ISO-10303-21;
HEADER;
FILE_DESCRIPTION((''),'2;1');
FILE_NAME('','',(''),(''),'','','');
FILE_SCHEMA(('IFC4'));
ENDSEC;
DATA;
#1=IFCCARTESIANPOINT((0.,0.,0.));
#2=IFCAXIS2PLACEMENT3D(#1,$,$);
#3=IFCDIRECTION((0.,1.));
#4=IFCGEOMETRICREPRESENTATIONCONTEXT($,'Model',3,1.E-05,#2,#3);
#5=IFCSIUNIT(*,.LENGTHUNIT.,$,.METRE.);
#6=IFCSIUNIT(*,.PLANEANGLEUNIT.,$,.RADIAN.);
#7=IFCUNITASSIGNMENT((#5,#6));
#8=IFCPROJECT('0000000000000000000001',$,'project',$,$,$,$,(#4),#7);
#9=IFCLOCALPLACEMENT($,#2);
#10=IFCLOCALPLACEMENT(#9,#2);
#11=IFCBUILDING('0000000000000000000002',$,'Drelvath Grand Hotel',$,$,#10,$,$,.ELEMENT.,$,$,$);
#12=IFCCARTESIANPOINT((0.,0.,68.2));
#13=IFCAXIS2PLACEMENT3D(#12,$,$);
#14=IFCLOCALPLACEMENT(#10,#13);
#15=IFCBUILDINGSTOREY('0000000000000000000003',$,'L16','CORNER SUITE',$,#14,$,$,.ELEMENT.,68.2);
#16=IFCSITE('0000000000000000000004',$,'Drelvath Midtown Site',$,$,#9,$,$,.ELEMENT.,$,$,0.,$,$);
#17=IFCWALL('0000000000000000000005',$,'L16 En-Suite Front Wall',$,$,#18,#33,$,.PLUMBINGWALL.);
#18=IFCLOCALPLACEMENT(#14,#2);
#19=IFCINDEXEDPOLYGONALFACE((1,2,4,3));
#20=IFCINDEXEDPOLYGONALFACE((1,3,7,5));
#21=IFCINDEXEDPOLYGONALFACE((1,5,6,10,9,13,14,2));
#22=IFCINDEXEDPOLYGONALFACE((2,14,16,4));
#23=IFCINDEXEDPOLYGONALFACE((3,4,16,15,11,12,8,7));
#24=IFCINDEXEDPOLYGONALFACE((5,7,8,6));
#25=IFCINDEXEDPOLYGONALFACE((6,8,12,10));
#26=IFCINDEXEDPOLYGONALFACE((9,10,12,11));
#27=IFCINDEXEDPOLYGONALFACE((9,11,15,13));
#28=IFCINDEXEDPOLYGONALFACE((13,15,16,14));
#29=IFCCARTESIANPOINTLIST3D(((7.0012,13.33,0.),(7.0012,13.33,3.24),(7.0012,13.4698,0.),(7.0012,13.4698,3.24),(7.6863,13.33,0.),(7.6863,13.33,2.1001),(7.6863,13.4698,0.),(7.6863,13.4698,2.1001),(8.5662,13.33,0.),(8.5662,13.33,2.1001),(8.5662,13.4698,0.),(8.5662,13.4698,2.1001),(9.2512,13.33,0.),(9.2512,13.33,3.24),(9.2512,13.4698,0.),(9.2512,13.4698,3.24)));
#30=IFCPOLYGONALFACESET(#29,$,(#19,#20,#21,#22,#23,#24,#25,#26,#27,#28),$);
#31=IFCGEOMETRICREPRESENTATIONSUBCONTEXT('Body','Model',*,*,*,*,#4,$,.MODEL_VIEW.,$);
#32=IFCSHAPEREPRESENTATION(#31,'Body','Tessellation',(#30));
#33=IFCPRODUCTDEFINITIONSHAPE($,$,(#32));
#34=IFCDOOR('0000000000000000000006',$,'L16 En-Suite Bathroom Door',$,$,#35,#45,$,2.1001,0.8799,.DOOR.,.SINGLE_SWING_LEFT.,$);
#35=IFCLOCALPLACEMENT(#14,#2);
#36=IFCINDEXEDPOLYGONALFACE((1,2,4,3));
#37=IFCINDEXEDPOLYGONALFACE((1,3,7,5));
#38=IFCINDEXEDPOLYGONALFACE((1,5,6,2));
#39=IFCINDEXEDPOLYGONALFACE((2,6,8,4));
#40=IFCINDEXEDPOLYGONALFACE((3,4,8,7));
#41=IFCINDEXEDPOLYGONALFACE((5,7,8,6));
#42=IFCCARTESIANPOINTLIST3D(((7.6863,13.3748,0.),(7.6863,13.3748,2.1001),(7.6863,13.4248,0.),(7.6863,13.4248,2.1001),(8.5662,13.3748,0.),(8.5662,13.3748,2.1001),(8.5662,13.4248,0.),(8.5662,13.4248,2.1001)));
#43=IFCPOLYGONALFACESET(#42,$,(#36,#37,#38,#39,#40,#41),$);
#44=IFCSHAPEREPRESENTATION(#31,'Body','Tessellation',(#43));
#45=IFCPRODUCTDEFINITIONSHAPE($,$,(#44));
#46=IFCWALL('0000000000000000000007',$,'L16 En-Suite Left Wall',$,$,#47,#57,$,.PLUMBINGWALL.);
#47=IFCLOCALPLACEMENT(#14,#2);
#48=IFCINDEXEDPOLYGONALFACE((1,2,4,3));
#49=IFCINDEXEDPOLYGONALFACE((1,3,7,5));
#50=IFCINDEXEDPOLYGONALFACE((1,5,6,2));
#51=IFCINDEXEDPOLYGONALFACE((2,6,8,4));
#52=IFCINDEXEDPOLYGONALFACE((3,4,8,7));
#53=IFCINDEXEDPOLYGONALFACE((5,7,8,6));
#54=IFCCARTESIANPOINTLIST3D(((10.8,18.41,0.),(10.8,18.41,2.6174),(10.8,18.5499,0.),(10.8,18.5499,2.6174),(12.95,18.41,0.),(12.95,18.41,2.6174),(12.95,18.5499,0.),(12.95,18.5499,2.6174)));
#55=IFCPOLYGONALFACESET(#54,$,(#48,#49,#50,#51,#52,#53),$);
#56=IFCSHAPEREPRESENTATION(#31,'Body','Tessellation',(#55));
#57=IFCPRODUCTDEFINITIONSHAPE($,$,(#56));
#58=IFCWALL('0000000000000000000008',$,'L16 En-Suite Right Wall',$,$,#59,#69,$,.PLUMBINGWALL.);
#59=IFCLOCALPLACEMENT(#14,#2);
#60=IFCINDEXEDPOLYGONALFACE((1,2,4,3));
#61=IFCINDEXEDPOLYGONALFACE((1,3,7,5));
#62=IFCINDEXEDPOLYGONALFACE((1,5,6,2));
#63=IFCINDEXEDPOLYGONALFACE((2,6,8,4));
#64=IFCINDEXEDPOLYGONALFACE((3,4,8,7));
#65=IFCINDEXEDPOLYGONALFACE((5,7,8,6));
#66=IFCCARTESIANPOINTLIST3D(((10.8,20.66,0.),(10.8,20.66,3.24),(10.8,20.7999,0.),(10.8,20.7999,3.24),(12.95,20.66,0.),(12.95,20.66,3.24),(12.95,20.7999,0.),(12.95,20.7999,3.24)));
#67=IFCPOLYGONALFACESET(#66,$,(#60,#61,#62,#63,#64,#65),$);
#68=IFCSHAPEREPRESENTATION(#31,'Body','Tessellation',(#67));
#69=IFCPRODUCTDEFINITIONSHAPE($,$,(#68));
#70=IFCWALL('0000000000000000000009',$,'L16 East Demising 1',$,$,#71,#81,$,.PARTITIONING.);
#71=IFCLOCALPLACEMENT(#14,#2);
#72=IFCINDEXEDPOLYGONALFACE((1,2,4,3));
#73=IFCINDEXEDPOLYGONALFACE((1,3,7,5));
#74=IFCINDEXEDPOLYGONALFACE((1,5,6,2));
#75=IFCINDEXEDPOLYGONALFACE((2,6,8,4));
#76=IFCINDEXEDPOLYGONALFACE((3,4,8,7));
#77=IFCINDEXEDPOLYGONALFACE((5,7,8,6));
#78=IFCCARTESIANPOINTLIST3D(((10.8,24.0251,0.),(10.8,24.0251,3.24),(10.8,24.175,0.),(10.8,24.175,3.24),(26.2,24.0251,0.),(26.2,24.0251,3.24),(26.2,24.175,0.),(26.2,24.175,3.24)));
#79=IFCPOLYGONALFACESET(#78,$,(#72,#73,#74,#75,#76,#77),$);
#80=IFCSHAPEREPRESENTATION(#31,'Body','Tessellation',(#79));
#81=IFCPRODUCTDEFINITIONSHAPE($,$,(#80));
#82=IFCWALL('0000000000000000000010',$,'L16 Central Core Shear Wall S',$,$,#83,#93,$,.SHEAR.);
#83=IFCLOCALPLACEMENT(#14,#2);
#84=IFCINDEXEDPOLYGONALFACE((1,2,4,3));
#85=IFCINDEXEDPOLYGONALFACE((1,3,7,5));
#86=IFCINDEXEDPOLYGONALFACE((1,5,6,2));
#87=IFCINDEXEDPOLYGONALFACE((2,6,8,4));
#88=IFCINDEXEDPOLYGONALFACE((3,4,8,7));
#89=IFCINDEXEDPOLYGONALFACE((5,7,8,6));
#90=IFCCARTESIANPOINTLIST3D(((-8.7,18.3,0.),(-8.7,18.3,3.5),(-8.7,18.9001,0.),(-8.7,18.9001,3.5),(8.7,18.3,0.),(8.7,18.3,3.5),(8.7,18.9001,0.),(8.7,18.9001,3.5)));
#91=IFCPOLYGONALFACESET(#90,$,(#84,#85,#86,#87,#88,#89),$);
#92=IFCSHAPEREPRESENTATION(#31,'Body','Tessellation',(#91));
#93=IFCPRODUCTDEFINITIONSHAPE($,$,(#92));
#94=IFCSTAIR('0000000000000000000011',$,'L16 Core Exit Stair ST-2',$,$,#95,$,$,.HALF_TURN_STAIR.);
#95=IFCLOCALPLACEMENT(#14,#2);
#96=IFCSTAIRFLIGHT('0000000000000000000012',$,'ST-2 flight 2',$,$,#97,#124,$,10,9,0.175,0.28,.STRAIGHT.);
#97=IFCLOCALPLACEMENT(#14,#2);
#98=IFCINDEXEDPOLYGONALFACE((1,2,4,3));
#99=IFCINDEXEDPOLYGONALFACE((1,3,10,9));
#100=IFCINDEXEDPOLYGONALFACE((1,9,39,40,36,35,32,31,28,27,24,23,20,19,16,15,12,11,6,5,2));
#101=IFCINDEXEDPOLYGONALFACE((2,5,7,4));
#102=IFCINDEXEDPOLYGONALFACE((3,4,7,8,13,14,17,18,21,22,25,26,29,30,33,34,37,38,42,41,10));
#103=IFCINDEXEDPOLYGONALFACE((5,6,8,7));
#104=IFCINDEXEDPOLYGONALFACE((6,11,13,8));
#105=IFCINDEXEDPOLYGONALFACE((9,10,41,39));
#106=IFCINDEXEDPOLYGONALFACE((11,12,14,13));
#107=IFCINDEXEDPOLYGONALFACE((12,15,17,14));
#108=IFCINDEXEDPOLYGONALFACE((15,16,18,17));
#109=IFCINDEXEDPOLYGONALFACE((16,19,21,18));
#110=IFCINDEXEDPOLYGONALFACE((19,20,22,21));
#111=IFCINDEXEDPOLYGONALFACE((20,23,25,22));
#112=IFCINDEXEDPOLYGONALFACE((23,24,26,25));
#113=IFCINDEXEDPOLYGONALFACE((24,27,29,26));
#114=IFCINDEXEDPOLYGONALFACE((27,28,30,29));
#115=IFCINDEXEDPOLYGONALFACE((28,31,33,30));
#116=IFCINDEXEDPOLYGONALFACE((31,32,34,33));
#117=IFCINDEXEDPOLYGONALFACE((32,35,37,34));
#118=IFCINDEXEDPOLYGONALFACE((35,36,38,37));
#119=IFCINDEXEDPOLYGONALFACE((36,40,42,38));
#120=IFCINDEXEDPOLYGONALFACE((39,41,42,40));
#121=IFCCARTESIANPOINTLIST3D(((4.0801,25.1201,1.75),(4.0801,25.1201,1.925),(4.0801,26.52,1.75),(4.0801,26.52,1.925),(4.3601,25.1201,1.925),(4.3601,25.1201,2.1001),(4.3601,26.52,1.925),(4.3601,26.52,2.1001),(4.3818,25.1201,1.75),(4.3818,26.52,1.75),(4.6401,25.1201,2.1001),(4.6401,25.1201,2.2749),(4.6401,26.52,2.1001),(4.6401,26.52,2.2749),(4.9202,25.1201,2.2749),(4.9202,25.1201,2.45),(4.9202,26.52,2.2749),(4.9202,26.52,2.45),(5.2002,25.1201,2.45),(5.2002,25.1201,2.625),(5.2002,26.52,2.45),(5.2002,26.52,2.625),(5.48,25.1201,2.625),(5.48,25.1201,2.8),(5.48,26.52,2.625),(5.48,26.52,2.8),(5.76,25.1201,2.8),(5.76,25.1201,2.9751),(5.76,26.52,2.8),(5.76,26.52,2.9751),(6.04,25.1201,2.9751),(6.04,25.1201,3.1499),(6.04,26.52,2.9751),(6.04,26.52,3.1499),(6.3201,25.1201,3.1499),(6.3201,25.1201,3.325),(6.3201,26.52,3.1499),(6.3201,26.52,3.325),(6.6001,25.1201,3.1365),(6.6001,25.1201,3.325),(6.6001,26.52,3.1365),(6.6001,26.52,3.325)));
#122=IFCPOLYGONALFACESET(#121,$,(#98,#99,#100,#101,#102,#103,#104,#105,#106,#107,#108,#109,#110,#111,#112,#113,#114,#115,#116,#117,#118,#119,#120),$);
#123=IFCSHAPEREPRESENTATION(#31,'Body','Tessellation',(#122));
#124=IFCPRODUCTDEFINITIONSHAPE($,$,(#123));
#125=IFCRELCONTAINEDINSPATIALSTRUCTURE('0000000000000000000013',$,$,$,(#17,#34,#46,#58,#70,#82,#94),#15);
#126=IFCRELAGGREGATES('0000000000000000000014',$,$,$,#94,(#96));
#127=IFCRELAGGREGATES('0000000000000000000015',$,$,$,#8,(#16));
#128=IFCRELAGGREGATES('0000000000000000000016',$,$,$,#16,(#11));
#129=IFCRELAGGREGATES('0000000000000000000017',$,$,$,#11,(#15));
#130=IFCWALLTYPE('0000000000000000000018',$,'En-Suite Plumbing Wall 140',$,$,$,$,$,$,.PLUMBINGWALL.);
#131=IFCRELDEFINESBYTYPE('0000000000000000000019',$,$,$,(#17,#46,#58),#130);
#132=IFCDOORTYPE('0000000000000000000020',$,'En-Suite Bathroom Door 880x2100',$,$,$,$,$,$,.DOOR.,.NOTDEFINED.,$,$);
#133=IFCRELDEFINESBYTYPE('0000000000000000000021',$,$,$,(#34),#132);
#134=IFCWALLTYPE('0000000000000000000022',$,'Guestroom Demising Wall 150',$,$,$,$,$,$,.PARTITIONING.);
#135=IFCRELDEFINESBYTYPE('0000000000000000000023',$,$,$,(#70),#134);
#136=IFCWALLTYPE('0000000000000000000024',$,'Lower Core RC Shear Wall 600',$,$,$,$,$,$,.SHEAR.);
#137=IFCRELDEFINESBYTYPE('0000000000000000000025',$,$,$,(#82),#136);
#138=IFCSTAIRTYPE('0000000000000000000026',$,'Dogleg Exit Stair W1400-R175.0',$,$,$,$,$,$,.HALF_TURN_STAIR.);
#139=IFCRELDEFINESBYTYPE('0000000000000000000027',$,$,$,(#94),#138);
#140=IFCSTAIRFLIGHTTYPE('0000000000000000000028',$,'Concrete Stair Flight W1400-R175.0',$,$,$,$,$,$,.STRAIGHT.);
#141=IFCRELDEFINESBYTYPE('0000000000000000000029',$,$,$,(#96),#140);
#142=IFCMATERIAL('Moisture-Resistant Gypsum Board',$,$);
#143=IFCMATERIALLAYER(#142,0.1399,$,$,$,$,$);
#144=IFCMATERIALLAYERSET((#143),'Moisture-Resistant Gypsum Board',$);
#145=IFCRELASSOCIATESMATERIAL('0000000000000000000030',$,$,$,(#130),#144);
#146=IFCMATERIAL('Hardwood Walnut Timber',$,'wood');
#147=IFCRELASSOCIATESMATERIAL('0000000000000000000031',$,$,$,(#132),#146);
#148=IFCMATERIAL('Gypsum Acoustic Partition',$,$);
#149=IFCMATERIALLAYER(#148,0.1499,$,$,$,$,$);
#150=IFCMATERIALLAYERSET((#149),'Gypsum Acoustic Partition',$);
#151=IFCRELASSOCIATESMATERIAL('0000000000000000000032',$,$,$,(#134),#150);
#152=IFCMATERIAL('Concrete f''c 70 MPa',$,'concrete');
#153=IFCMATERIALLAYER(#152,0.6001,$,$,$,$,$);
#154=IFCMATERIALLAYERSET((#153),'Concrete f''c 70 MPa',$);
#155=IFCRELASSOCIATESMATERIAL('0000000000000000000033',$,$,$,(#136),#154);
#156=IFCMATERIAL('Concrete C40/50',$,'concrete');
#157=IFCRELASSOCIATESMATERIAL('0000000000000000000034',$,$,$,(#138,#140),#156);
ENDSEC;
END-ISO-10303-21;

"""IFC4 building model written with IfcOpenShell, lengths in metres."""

from ifc_helpers import new_model, si_unit, direction, frame, frame_2d, origin, place, context, subcontext, project, spatial, polyline, rectangle, outline, extrude, material, layer, layer_set, type_object, element, fill, aggregate, save


model = new_model("IFC4")

# Units and contexts
model_context = context("Model", 3, precision=1e-05, world=origin(), true_north=direction((0.0, 1.0)))
body_context = subcontext(model_context, "Body", "Model", "MODEL_VIEW")
ifc_project = project(units=[si_unit("LENGTHUNIT", "METRE"), si_unit("PLANEANGLEUNIT", "RADIAN")], contexts=[model_context])

# Site, building, storey
site_placement = place(None, origin())
site = spatial("IfcSite", under=ifc_project, at=site_placement, Name="Drelvath Midtown Site", CompositionType="ELEMENT", RefElevation=0.0)
building_placement = place(site_placement, origin())
building = spatial("IfcBuilding", under=site, at=building_placement, Name="Drelvath Grand Hotel", CompositionType="ELEMENT")
storey_placement = place(building_placement, frame((0.0, 0.0, 68.2)))
storey = spatial("IfcBuildingStorey", under=building, at=storey_placement, Name="L16", Description="CORNER SUITE", CompositionType="ELEMENT", Elevation=68.2)

# Shared definitions
ifc_material_1 = material(Name="Concrete f'c 70 MPa", Category="concrete")

# Shared definitions
ifc_material_2 = material(Name="Concrete C40/50", Category="concrete")

# Shared definitions
ifc_material_3 = material(Name="Hardwood Walnut Timber", Category="wood")

# Shared definitions
ifc_material_4 = material(Name="Moisture-Resistant Gypsum Board")
ifc_layer_1 = layer(ifc_material_4, 0.1399)
ifc_layer_set_1 = layer_set([ifc_layer_1], Name="Moisture-Resistant Gypsum Board")
wall_type_1 = type_object("IfcWallType", Name="En-Suite Plumbing Wall 140", PredefinedType="PLUMBINGWALL", material=ifc_layer_set_1)

# Wall, opening, door
wall_1_placement = place(storey_placement, frame((7.0012, 13.3999, 0.0), z_axis=(0.0, 0.0, 1.0), x_axis=(1.0, 0.0, 0.0)))
wall_1 = element("IfcWall", 1, at=wall_1_placement, inside=storey, type_object=wall_type_1, Name="L16 En-Suite Front Wall", PredefinedType="PLUMBINGWALL", context=body_context, shape_type="SweptSolid", body=[
    extrude(rectangle(XDim=2.25, YDim=0.1399, at=frame_2d((1.125, 0.0))), origin(), (0.0, 0.0, 1.0), 3.24),
])
opening_1_placement = place(wall_1_placement, frame((0.6851, 0.0, 0.0)))
opening_1 = element("IfcOpeningElement", 2, at=opening_1_placement, cuts=wall_1, PredefinedType="OPENING", context=body_context, shape_type="SweptSolid", body=[
    extrude(rectangle(XDim=0.8799, YDim=2.1001, at=frame_2d((0.4399, 1.05))), frame((0.0, 0.0798, 0.0), z_axis=(0.0, -1.0, 0.0), x_axis=(1.0, 0.0, 0.0)), (0.0, 0.0, 1.0), 0.1599),
])
door_type_1 = type_object("IfcDoorType", Name="En-Suite Bathroom Door 880x2100", OperationType="NOTDEFINED", PredefinedType="DOOR", material=ifc_material_3)
door_1_placement = place(opening_1_placement, origin())
door_1 = element("IfcDoor", 3, at=door_1_placement, inside=storey, type_object=door_type_1, Name="L16 En-Suite Bathroom Door", OperationType="SINGLE_SWING_LEFT", OverallHeight=2.1001, OverallWidth=0.8799, PredefinedType="DOOR", context=body_context, shape_type="SweptSolid", body=[
    extrude(rectangle(XDim=0.8799, YDim=2.1001, at=frame_2d((0.4399, 1.05))), frame((0.0, 0.0249, 0.0), z_axis=(0.0, -1.0, 0.0), x_axis=(1.0, 0.0, 0.0)), (0.0, 0.0, 1.0), 0.05),
])
fill(opening_1, door_1)

# Walls
wall_2_placement = place(storey_placement, frame((10.8, 18.48, 0.0), z_axis=(0.0, 0.0, 1.0), x_axis=(1.0, 0.0, 0.0)))
element("IfcWall", 4, at=wall_2_placement, inside=storey, type_object=wall_type_1, Name="L16 En-Suite Left Wall", PredefinedType="PLUMBINGWALL", context=body_context, shape_type="SweptSolid", body=[
    extrude(rectangle(XDim=2.1499, YDim=0.1399, at=frame_2d((1.075, 0.0))), origin(), (0.0, 0.0, 1.0), 2.6174),
])
wall_3_placement = place(storey_placement, frame((10.8, 20.73, 0.0), z_axis=(0.0, 0.0, 1.0), x_axis=(1.0, 0.0, 0.0)))
element("IfcWall", 5, at=wall_3_placement, inside=storey, type_object=wall_type_1, Name="L16 En-Suite Right Wall", PredefinedType="PLUMBINGWALL", context=body_context, shape_type="SweptSolid", body=[
    extrude(rectangle(XDim=2.1499, YDim=0.1399, at=frame_2d((1.075, 0.0))), origin(), (0.0, 0.0, 1.0), 3.24),
])
ifc_material_5 = material(Name="Gypsum Acoustic Partition")
ifc_layer_2 = layer(ifc_material_5, 0.1499)
ifc_layer_set_2 = layer_set([ifc_layer_2], Name="Gypsum Acoustic Partition")
wall_type_2 = type_object("IfcWallType", Name="Guestroom Demising Wall 150", PredefinedType="PARTITIONING", material=ifc_layer_set_2)
wall_4_placement = place(storey_placement, frame((10.8, 24.1001, 0.0), z_axis=(0.0, 0.0, 1.0), x_axis=(1.0, 0.0, 0.0)))
element("IfcWall", 6, at=wall_4_placement, inside=storey, type_object=wall_type_2, Name="L16 East Demising 1", PredefinedType="PARTITIONING", context=body_context, shape_type="SweptSolid", body=[
    extrude(rectangle(XDim=15.3999, YDim=0.1499, at=frame_2d((7.7, 0.0))), origin(), (0.0, 0.0, 1.0), 3.24),
])
ifc_layer_3 = layer(ifc_material_1, 0.6001)
ifc_layer_set_3 = layer_set([ifc_layer_3], Name="Concrete f'c 70 MPa")
wall_type_3 = type_object("IfcWallType", Name="Lower Core RC Shear Wall 600", PredefinedType="SHEAR", material=ifc_layer_set_3)
wall_5_placement = place(storey_placement, frame((8.7, 18.6001, 0.0), z_axis=(0.0, 0.0, 1.0), x_axis=(-1.0, 0.0, 0.0)))
element("IfcWall", 7, at=wall_5_placement, inside=storey, type_object=wall_type_3, Name="L16 Central Core Shear Wall S", PredefinedType="SHEAR", context=body_context, shape_type="SweptSolid", body=[
    extrude(rectangle(XDim=17.3999, YDim=0.6001, at=frame_2d((8.7, 0.0))), origin(), (0.0, 0.0, 1.0), 3.5),
])

# Stair, stair flight
stair_type = type_object("IfcStairType", Name="Dogleg Exit Stair W1400-R175.0", PredefinedType="HALF_TURN_STAIR", material=ifc_material_2)
stair_placement = place(storey_placement, origin())
stair = element("IfcStair", 8, at=stair_placement, inside=storey, type_object=stair_type, Name="L16 Core Exit Stair ST-2", PredefinedType="HALF_TURN_STAIR")
stair_flight_type = type_object("IfcStairFlightType", Name="Concrete Stair Flight W1400-R175.0", PredefinedType="STRAIGHT", material=ifc_material_2)
stair_flight_placement = place(storey_placement, frame((4.0801, 25.8201, 1.75), z_axis=(0.0, 0.0, 1.0), x_axis=(1.0, 0.0, 0.0)))
stair_flight = element("IfcStairFlight", 9, at=stair_flight_placement, type_object=stair_flight_type, Name="ST-2 flight 2", NumberOfRisers=10, NumberOfTreads=9, PredefinedType="STRAIGHT", RiserHeight=0.175, TreadLength=0.28, context=body_context, shape_type="SweptSolid", body=[
    extrude(outline(polyline([(0.0, 0.0), (0.0, 0.175), (0.28, 0.175), (0.28, 0.3501), (0.5601, 0.3501), (0.5601, 0.5249), (0.8401, 0.5249), (0.8401, 0.7), (1.1201, 0.7), (1.1201, 0.875), (1.3999, 0.875), (1.3999, 1.05), (1.6799, 1.05), (1.6799, 1.2251), (1.96, 1.2251), (1.96, 1.3999), (2.24, 1.3999), (2.24, 1.575), (2.52, 1.575), (2.52, 1.75), (2.52, 1.3865), (0.3018, 0.0), (0.0, 0.0)])), frame((0.0, 0.7, 0.0), z_axis=(0.0, -1.0, 0.0), x_axis=(1.0, 0.0, 0.0)), (0.0, 0.0, 1.0), 1.3999),
])
aggregate(stair, [stair_flight])

save(model, "model.ifc")
